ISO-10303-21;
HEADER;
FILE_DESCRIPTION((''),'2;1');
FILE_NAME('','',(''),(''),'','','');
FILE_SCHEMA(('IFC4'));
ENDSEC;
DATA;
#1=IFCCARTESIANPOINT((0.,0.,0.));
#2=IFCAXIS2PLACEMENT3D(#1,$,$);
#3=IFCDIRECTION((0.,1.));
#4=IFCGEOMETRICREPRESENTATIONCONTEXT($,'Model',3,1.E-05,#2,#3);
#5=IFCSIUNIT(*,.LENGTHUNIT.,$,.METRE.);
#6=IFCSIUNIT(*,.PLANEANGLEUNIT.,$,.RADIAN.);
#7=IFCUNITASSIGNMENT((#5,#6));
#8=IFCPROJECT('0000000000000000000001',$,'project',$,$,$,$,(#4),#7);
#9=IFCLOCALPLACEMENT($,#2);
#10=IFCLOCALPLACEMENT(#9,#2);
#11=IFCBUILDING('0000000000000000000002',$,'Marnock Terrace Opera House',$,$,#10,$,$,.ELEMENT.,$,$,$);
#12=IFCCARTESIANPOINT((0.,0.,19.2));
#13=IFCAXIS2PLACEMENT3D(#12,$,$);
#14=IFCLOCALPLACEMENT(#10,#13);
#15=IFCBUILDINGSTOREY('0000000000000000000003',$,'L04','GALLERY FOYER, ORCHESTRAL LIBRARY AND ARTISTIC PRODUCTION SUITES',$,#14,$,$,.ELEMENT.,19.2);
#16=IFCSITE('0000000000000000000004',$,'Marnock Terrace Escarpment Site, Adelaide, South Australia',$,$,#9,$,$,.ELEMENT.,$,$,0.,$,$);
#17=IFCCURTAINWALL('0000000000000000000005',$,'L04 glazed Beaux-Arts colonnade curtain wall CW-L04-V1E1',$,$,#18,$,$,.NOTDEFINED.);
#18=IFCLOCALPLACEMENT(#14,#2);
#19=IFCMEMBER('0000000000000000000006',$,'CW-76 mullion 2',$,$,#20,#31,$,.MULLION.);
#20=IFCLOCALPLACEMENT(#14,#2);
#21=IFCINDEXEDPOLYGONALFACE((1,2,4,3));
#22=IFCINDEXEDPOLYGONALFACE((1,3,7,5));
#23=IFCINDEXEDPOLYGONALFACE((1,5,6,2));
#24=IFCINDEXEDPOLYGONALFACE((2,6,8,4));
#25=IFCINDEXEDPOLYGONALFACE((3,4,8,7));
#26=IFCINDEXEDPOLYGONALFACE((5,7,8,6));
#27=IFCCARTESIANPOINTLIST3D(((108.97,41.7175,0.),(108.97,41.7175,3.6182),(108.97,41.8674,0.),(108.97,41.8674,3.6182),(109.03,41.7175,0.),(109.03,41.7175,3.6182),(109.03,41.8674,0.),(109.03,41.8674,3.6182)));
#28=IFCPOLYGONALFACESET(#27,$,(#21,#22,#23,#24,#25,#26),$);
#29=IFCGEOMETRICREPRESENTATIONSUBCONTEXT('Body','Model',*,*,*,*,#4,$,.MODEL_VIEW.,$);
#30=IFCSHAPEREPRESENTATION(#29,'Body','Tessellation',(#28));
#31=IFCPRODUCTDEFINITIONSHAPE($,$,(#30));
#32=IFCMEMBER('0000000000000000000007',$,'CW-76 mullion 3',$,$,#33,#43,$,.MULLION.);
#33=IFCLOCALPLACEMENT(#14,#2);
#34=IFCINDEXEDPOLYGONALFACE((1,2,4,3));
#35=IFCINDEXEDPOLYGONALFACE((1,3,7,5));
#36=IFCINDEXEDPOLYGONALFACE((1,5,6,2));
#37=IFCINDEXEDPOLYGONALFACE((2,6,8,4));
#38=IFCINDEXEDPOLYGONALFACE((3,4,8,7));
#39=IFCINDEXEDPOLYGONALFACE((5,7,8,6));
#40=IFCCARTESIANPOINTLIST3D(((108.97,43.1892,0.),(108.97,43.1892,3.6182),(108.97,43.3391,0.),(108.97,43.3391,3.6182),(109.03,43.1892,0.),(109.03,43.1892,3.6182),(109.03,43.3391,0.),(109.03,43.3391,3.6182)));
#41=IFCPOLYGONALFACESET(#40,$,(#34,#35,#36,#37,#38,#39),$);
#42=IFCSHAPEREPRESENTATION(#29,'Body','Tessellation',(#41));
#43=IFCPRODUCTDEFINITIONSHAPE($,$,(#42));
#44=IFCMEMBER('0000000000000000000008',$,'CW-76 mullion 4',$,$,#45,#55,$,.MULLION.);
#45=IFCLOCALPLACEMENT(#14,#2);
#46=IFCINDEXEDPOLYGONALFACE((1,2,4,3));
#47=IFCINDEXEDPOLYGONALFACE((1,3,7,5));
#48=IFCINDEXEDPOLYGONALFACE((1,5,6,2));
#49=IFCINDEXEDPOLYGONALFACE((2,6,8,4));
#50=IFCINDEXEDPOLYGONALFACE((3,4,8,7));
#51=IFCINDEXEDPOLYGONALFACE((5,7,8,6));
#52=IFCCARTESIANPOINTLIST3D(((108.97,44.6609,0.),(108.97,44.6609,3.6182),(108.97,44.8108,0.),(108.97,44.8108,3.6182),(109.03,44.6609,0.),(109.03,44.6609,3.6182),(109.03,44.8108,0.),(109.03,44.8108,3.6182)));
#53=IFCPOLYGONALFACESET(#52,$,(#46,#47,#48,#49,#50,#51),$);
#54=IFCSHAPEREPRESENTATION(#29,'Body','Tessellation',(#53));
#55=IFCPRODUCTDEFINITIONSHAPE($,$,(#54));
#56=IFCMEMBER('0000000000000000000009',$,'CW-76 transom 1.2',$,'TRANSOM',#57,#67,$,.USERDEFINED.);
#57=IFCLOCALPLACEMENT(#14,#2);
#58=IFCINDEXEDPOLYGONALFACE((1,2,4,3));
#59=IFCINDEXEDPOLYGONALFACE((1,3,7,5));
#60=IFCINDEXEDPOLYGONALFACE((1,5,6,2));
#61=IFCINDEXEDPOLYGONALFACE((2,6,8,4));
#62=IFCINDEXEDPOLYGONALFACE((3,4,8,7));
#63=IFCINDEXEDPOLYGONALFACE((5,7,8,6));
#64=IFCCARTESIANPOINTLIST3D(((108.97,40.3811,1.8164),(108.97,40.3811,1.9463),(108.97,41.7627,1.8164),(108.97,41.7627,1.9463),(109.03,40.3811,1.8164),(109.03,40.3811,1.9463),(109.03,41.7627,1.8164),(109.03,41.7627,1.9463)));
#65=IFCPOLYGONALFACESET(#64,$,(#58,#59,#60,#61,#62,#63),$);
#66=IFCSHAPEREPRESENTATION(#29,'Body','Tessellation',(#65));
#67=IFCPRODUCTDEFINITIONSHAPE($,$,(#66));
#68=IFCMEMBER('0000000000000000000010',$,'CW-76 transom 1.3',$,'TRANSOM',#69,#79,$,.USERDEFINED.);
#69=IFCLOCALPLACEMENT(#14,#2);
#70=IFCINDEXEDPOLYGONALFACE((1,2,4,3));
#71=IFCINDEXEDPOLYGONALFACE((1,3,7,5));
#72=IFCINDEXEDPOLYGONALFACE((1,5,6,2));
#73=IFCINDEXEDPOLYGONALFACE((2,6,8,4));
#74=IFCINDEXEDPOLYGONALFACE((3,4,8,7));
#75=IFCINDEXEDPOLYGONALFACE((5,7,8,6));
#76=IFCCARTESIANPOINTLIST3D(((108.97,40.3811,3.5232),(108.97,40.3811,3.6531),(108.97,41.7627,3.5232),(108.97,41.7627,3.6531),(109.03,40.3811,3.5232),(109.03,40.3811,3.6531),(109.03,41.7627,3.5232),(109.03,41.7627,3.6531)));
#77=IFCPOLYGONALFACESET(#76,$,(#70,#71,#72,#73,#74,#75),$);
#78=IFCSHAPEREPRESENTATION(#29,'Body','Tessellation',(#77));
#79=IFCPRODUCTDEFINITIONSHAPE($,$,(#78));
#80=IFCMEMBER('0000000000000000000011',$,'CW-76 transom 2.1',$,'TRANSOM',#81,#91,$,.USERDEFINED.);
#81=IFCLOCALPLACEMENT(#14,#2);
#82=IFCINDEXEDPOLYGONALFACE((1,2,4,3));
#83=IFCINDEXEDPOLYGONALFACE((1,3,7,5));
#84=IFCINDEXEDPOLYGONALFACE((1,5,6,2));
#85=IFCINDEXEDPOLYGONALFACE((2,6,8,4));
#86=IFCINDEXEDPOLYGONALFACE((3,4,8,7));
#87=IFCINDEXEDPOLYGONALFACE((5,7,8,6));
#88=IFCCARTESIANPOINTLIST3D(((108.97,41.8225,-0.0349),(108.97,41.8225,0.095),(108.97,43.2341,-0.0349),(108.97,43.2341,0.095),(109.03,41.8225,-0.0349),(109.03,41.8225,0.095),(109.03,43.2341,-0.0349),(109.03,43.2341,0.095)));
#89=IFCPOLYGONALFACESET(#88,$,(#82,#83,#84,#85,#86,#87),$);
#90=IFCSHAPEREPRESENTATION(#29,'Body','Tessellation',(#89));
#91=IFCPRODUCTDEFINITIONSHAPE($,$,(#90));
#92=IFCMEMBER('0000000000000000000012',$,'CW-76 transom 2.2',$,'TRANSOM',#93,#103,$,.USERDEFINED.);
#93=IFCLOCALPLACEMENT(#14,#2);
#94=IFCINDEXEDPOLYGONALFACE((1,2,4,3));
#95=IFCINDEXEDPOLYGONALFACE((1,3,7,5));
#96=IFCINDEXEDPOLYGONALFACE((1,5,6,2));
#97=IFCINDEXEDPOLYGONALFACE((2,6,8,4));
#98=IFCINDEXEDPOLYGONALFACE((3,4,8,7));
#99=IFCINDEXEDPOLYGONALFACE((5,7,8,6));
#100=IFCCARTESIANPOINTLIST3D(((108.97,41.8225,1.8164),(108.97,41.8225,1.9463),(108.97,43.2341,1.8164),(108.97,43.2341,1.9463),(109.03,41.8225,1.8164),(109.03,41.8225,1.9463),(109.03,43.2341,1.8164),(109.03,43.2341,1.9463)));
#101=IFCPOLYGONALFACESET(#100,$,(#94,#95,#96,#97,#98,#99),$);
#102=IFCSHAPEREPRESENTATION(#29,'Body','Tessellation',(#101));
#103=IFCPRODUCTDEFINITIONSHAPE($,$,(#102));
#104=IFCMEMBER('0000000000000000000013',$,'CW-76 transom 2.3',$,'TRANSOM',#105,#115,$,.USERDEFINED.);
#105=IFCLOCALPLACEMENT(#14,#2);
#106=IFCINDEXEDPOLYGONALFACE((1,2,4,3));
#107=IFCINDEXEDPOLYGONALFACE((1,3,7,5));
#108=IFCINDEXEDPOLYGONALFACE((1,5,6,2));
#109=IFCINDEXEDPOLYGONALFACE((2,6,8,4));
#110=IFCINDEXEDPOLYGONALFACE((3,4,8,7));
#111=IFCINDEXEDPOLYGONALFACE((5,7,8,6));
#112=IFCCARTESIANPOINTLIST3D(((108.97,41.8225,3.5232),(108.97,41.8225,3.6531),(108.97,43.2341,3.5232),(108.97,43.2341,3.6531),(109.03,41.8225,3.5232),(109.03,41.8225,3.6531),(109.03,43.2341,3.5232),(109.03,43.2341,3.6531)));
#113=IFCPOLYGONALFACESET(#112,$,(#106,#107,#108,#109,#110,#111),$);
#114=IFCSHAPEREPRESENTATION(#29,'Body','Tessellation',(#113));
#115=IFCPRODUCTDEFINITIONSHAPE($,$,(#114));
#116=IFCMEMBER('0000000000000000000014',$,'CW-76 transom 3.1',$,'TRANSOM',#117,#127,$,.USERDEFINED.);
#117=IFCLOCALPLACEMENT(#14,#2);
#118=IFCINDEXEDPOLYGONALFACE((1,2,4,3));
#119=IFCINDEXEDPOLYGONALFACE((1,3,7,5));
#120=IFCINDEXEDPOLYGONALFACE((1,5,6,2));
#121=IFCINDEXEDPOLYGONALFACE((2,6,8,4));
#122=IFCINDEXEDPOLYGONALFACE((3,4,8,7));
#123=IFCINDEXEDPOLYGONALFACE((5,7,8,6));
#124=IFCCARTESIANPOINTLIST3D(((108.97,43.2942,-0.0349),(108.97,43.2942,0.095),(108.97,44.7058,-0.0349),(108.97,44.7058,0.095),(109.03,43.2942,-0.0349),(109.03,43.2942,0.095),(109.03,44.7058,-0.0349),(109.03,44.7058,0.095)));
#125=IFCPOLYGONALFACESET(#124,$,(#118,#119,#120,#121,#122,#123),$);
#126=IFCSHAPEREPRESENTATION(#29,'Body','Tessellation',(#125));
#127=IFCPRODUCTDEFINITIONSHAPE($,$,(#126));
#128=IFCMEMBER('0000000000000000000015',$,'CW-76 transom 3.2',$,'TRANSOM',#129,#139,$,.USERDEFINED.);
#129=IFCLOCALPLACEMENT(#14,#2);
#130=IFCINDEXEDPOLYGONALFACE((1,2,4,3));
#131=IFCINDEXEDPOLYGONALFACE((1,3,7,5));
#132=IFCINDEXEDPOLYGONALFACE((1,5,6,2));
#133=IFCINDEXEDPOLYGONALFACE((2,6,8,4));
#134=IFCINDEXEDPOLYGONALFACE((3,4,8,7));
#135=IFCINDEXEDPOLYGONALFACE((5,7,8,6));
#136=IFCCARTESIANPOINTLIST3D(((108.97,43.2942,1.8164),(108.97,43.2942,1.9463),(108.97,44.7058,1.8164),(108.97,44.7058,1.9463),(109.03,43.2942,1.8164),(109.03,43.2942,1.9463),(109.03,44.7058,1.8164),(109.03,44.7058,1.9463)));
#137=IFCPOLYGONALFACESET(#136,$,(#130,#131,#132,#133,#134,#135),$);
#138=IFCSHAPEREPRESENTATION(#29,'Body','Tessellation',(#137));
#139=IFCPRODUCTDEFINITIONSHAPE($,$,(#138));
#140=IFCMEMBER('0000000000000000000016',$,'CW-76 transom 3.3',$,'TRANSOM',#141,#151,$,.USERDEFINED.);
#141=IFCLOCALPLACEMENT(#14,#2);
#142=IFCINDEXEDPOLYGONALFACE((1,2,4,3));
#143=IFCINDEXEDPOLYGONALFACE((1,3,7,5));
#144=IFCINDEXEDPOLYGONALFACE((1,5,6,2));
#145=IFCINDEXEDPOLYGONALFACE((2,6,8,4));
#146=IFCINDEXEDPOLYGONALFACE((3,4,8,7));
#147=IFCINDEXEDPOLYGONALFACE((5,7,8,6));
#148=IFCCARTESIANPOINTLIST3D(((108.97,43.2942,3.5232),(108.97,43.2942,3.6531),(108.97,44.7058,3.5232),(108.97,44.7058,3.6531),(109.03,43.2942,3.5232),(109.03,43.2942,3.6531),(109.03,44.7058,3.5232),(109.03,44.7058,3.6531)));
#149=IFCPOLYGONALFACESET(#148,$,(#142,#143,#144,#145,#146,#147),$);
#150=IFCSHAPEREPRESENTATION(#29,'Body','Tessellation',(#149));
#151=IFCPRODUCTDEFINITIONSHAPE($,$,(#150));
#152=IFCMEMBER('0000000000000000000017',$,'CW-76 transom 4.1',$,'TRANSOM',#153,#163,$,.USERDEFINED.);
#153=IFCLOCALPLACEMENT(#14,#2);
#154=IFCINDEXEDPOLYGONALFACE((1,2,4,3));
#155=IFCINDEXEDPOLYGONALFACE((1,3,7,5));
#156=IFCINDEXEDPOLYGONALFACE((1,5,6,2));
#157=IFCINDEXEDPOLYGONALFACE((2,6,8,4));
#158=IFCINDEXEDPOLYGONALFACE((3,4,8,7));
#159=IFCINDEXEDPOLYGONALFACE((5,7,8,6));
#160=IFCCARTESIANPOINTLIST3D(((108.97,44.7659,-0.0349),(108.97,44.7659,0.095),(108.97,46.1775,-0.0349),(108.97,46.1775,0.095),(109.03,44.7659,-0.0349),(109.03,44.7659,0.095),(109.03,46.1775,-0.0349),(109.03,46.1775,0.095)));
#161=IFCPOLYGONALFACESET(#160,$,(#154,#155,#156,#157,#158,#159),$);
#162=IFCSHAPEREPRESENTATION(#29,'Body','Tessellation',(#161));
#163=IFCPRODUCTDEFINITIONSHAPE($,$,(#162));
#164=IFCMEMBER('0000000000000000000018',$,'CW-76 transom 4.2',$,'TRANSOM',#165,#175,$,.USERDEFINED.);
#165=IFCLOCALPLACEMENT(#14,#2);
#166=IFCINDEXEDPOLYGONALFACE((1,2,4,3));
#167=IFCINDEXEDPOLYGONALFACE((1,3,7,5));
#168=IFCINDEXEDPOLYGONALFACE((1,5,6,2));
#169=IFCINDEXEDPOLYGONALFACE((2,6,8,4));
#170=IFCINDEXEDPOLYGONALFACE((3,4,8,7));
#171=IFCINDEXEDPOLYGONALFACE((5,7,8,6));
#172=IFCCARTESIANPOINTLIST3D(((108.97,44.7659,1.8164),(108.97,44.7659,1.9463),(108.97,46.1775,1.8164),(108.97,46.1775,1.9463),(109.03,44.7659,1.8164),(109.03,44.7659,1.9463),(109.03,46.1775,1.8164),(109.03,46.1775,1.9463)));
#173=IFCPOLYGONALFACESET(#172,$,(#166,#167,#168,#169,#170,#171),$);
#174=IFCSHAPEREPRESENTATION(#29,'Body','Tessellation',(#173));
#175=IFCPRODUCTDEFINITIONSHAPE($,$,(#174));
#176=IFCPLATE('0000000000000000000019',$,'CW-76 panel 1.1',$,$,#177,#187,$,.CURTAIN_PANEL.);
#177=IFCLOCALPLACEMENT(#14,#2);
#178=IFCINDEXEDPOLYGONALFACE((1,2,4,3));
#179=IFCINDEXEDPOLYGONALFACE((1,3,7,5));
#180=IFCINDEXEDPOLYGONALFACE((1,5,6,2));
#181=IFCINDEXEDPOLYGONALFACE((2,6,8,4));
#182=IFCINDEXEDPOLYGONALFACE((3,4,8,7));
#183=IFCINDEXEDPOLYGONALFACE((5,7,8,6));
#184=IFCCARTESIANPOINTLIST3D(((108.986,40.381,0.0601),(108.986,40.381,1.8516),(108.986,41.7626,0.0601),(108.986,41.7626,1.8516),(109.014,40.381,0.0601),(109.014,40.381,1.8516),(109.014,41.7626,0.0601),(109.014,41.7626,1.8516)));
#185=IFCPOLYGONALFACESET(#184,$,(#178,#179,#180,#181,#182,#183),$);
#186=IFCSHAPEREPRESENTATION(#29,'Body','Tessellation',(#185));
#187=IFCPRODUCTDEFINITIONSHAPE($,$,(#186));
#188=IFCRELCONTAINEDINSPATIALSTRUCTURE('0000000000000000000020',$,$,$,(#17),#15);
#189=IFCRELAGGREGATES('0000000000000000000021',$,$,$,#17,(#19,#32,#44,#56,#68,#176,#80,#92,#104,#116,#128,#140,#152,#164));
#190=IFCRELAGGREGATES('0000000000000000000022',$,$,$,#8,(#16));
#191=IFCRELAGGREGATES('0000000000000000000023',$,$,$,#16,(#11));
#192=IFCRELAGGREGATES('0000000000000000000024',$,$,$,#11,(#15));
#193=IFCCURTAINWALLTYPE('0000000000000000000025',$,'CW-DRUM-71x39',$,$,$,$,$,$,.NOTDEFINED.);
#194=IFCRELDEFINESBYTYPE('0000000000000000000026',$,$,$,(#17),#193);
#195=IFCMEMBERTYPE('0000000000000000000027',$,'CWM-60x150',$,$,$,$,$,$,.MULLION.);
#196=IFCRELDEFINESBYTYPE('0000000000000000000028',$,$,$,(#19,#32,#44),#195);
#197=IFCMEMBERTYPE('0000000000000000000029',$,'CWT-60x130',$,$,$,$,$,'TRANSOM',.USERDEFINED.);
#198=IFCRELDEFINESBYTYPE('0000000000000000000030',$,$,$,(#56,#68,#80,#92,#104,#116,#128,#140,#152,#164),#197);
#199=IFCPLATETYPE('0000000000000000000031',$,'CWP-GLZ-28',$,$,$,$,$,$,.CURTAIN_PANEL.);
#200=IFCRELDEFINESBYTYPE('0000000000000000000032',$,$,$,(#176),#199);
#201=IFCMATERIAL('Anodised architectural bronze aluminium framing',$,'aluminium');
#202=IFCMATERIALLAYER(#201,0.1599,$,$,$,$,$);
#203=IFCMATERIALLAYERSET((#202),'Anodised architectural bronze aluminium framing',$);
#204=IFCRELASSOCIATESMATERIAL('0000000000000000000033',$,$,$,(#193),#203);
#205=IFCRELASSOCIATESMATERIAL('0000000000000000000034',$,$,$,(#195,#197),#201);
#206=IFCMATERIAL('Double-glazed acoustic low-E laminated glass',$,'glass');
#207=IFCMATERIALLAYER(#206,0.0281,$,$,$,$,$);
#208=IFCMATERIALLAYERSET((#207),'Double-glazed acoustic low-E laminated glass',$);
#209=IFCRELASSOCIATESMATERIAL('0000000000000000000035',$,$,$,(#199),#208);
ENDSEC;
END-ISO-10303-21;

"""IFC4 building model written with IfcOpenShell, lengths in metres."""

from ifc_helpers import new_model, si_unit, direction, frame, origin, origin_2d, place, context, subcontext, project, spatial, rectangle, extrude, material, layer, layer_set, material_profile, profile_set, type_object, element, aggregate, save


model = new_model("IFC4")

# Units and contexts
model_context = context("Model", 3, precision=1e-05, world=origin(), true_north=direction((0.0, 1.0)))
body_context = subcontext(model_context, "Body", "Model", "MODEL_VIEW")
ifc_project = project(units=[si_unit("LENGTHUNIT", "METRE"), si_unit("PLANEANGLEUNIT", "RADIAN")], contexts=[model_context])

# Site, building, storey
site_placement = place(None, origin())
site = spatial("IfcSite", under=ifc_project, at=site_placement, Name="Marnock Terrace Escarpment Site, Adelaide, South Australia", CompositionType="ELEMENT", RefElevation=0.0)
building_placement = place(site_placement, origin())
building = spatial("IfcBuilding", under=site, at=building_placement, Name="Marnock Terrace Opera House", CompositionType="ELEMENT")
storey_placement = place(building_placement, frame((0.0, 0.0, 19.2)))
storey = spatial("IfcBuildingStorey", under=building, at=storey_placement, Name="L04", Description="GALLERY FOYER, ORCHESTRAL LIBRARY AND ARTISTIC PRODUCTION SUITES", CompositionType="ELEMENT", Elevation=19.2)

# Curtain wall, members, plate
ifc_material_1 = material(Name="Anodised architectural bronze aluminium framing", Category="aluminium")
ifc_layer_1 = layer(ifc_material_1, 0.1599)
ifc_layer_set_1 = layer_set([ifc_layer_1], Name="Anodised architectural bronze aluminium framing")
curtain_wall_type = type_object("IfcCurtainWallType", Name="CW-DRUM-71x39", PredefinedType="NOTDEFINED", material=ifc_layer_set_1)
curtain_wall_placement = place(storey_placement, origin())
curtain_wall = element("IfcCurtainWall", 1, at=curtain_wall_placement, inside=storey, type_object=curtain_wall_type, Name="L04 glazed Beaux-Arts colonnade curtain wall CW-L04-V1E1", PredefinedType="NOTDEFINED")
ifc_material_profile_1 = material_profile(ifc_material_1, rectangle(XDim=0.0601, YDim=0.1499, at=origin_2d()))
ifc_profile_set_1 = profile_set([ifc_material_profile_1], Name="Anodised architectural bronze aluminium framing")
member_type_1 = type_object("IfcMemberType", Name="CWM-60x150", PredefinedType="MULLION", material=ifc_profile_set_1)
member_1_placement = place(storey_placement, frame((109.0, 41.7925, 0.0), z_axis=(0.0, 0.0, 1.0), x_axis=(-1.0, 0.0, 0.0)))
member_1 = element("IfcMember", 2, at=member_1_placement, type_object=member_type_1, Name="CW-76 mullion 2", PredefinedType="MULLION", context=body_context, shape_type="SweptSolid", body=[
    extrude(rectangle(XDim=0.0601, YDim=0.1499, at=origin_2d()), origin(), (0.0, 0.0, 1.0), 3.6182),
])
member_2_placement = place(storey_placement, frame((109.0, 43.2642, 0.0), z_axis=(0.0, 0.0, 1.0), x_axis=(-1.0, 0.0, 0.0)))
member_2 = element("IfcMember", 3, at=member_2_placement, type_object=member_type_1, Name="CW-76 mullion 3", PredefinedType="MULLION", context=body_context, shape_type="SweptSolid", body=[
    extrude(rectangle(XDim=0.0601, YDim=0.1499, at=origin_2d()), origin(), (0.0, 0.0, 1.0), 3.6182),
])
member_3_placement = place(storey_placement, frame((109.0, 44.7358, 0.0), z_axis=(0.0, 0.0, 1.0), x_axis=(-1.0, 0.0, 0.0)))
member_3 = element("IfcMember", 4, at=member_3_placement, type_object=member_type_1, Name="CW-76 mullion 4", PredefinedType="MULLION", context=body_context, shape_type="SweptSolid", body=[
    extrude(rectangle(XDim=0.0601, YDim=0.1499, at=origin_2d()), origin(), (0.0, 0.0, 1.0), 3.6182),
])
ifc_material_profile_2 = material_profile(ifc_material_1, rectangle(XDim=0.0601, YDim=0.1299, at=origin_2d()))
ifc_profile_set_2 = profile_set([ifc_material_profile_2], Name="Anodised architectural bronze aluminium framing")
member_type_2 = type_object("IfcMemberType", Name="CWT-60x130", ElementType="TRANSOM", PredefinedType="USERDEFINED", material=ifc_profile_set_2)
member_4_placement = place(storey_placement, frame((109.0, 40.3811, 1.8813), z_axis=(0.0, 1.0, 0.0), x_axis=(-1.0, 0.0, 0.0)))
member_4 = element("IfcMember", 5, at=member_4_placement, type_object=member_type_2, Name="CW-76 transom 1.2", ObjectType="TRANSOM", PredefinedType="USERDEFINED", context=body_context, shape_type="SweptSolid", body=[
    extrude(rectangle(XDim=0.0601, YDim=0.1299, at=origin_2d()), origin(), (0.0, 0.0, 1.0), 1.3816),
])
member_5_placement = place(storey_placement, frame((109.0, 40.3811, 3.5881), z_axis=(0.0, 1.0, 0.0), x_axis=(-1.0, 0.0, 0.0)))
member_5 = element("IfcMember", 6, at=member_5_placement, type_object=member_type_2, Name="CW-76 transom 1.3", ObjectType="TRANSOM", PredefinedType="USERDEFINED", context=body_context, shape_type="SweptSolid", body=[
    extrude(rectangle(XDim=0.0601, YDim=0.1299, at=origin_2d()), origin(), (0.0, 0.0, 1.0), 1.3816),
])
member_6_placement = place(storey_placement, frame((109.0, 41.8225, 0.03), z_axis=(0.0, 1.0, 0.0), x_axis=(-1.0, 0.0, 0.0)))
member_6 = element("IfcMember", 7, at=member_6_placement, type_object=member_type_2, Name="CW-76 transom 2.1", ObjectType="TRANSOM", PredefinedType="USERDEFINED", context=body_context, shape_type="SweptSolid", body=[
    extrude(rectangle(XDim=0.0601, YDim=0.1299, at=origin_2d()), origin(), (0.0, 0.0, 1.0), 1.4116),
])
member_7_placement = place(storey_placement, frame((109.0, 41.8225, 1.8813), z_axis=(0.0, 1.0, 0.0), x_axis=(-1.0, 0.0, 0.0)))
member_7 = element("IfcMember", 8, at=member_7_placement, type_object=member_type_2, Name="CW-76 transom 2.2", ObjectType="TRANSOM", PredefinedType="USERDEFINED", context=body_context, shape_type="SweptSolid", body=[
    extrude(rectangle(XDim=0.0601, YDim=0.1299, at=origin_2d()), origin(), (0.0, 0.0, 1.0), 1.4116),
])
member_8_placement = place(storey_placement, frame((109.0, 41.8225, 3.5881), z_axis=(0.0, 1.0, 0.0), x_axis=(-1.0, 0.0, 0.0)))
member_8 = element("IfcMember", 9, at=member_8_placement, type_object=member_type_2, Name="CW-76 transom 2.3", ObjectType="TRANSOM", PredefinedType="USERDEFINED", context=body_context, shape_type="SweptSolid", body=[
    extrude(rectangle(XDim=0.0601, YDim=0.1299, at=origin_2d()), origin(), (0.0, 0.0, 1.0), 1.4116),
])
member_9_placement = place(storey_placement, frame((109.0, 43.2942, 0.03), z_axis=(0.0, 1.0, 0.0), x_axis=(-1.0, 0.0, 0.0)))
member_9 = element("IfcMember", 10, at=member_9_placement, type_object=member_type_2, Name="CW-76 transom 3.1", ObjectType="TRANSOM", PredefinedType="USERDEFINED", context=body_context, shape_type="SweptSolid", body=[
    extrude(rectangle(XDim=0.0601, YDim=0.1299, at=origin_2d()), origin(), (0.0, 0.0, 1.0), 1.4116),
])
member_10_placement = place(storey_placement, frame((109.0, 43.2942, 1.8813), z_axis=(0.0, 1.0, 0.0), x_axis=(-1.0, 0.0, 0.0)))
member_10 = element("IfcMember", 11, at=member_10_placement, type_object=member_type_2, Name="CW-76 transom 3.2", ObjectType="TRANSOM", PredefinedType="USERDEFINED", context=body_context, shape_type="SweptSolid", body=[
    extrude(rectangle(XDim=0.0601, YDim=0.1299, at=origin_2d()), origin(), (0.0, 0.0, 1.0), 1.4116),
])
member_11_placement = place(storey_placement, frame((109.0, 43.2942, 3.5881), z_axis=(0.0, 1.0, 0.0), x_axis=(-1.0, 0.0, 0.0)))
member_11 = element("IfcMember", 12, at=member_11_placement, type_object=member_type_2, Name="CW-76 transom 3.3", ObjectType="TRANSOM", PredefinedType="USERDEFINED", context=body_context, shape_type="SweptSolid", body=[
    extrude(rectangle(XDim=0.0601, YDim=0.1299, at=origin_2d()), origin(), (0.0, 0.0, 1.0), 1.4116),
])
member_12_placement = place(storey_placement, frame((109.0, 44.7659, 0.03), z_axis=(0.0, 1.0, 0.0), x_axis=(-1.0, 0.0, 0.0)))
member_12 = element("IfcMember", 13, at=member_12_placement, type_object=member_type_2, Name="CW-76 transom 4.1", ObjectType="TRANSOM", PredefinedType="USERDEFINED", context=body_context, shape_type="SweptSolid", body=[
    extrude(rectangle(XDim=0.0601, YDim=0.1299, at=origin_2d()), origin(), (0.0, 0.0, 1.0), 1.4116),
])
member_13_placement = place(storey_placement, frame((109.0, 44.7659, 1.8813), z_axis=(0.0, 1.0, 0.0), x_axis=(-1.0, 0.0, 0.0)))
member_13 = element("IfcMember", 14, at=member_13_placement, type_object=member_type_2, Name="CW-76 transom 4.2", ObjectType="TRANSOM", PredefinedType="USERDEFINED", context=body_context, shape_type="SweptSolid", body=[
    extrude(rectangle(XDim=0.0601, YDim=0.1299, at=origin_2d()), origin(), (0.0, 0.0, 1.0), 1.4116),
])
ifc_material_2 = material(Name="Double-glazed acoustic low-E laminated glass", Category="glass")
ifc_layer_2 = layer(ifc_material_2, 0.0281)
ifc_layer_set_2 = layer_set([ifc_layer_2], Name="Double-glazed acoustic low-E laminated glass")
plate_type = type_object("IfcPlateType", Name="CWP-GLZ-28", PredefinedType="CURTAIN_PANEL", material=ifc_layer_set_2)
plate_1_placement = place(storey_placement, frame((109.0, 41.0718, 0.0601), z_axis=(0.0, 0.0, 1.0), x_axis=(0.0, 1.0, 0.0)))
plate_1 = element("IfcPlate", 15, at=plate_1_placement, type_object=plate_type, Name="CW-76 panel 1.1", PredefinedType="CURTAIN_PANEL", context=body_context, shape_type="SweptSolid", body=[
    extrude(rectangle(XDim=1.3816, YDim=0.0281, at=origin_2d()), origin(), (0.0, 0.0, 1.0), 1.7915),
])
aggregate(curtain_wall, [member_1, member_2, member_3, member_4, member_5, plate_1, member_6, member_7, member_8, member_9, member_10, member_11, member_12, member_13])

save(model, "model.ifc")
